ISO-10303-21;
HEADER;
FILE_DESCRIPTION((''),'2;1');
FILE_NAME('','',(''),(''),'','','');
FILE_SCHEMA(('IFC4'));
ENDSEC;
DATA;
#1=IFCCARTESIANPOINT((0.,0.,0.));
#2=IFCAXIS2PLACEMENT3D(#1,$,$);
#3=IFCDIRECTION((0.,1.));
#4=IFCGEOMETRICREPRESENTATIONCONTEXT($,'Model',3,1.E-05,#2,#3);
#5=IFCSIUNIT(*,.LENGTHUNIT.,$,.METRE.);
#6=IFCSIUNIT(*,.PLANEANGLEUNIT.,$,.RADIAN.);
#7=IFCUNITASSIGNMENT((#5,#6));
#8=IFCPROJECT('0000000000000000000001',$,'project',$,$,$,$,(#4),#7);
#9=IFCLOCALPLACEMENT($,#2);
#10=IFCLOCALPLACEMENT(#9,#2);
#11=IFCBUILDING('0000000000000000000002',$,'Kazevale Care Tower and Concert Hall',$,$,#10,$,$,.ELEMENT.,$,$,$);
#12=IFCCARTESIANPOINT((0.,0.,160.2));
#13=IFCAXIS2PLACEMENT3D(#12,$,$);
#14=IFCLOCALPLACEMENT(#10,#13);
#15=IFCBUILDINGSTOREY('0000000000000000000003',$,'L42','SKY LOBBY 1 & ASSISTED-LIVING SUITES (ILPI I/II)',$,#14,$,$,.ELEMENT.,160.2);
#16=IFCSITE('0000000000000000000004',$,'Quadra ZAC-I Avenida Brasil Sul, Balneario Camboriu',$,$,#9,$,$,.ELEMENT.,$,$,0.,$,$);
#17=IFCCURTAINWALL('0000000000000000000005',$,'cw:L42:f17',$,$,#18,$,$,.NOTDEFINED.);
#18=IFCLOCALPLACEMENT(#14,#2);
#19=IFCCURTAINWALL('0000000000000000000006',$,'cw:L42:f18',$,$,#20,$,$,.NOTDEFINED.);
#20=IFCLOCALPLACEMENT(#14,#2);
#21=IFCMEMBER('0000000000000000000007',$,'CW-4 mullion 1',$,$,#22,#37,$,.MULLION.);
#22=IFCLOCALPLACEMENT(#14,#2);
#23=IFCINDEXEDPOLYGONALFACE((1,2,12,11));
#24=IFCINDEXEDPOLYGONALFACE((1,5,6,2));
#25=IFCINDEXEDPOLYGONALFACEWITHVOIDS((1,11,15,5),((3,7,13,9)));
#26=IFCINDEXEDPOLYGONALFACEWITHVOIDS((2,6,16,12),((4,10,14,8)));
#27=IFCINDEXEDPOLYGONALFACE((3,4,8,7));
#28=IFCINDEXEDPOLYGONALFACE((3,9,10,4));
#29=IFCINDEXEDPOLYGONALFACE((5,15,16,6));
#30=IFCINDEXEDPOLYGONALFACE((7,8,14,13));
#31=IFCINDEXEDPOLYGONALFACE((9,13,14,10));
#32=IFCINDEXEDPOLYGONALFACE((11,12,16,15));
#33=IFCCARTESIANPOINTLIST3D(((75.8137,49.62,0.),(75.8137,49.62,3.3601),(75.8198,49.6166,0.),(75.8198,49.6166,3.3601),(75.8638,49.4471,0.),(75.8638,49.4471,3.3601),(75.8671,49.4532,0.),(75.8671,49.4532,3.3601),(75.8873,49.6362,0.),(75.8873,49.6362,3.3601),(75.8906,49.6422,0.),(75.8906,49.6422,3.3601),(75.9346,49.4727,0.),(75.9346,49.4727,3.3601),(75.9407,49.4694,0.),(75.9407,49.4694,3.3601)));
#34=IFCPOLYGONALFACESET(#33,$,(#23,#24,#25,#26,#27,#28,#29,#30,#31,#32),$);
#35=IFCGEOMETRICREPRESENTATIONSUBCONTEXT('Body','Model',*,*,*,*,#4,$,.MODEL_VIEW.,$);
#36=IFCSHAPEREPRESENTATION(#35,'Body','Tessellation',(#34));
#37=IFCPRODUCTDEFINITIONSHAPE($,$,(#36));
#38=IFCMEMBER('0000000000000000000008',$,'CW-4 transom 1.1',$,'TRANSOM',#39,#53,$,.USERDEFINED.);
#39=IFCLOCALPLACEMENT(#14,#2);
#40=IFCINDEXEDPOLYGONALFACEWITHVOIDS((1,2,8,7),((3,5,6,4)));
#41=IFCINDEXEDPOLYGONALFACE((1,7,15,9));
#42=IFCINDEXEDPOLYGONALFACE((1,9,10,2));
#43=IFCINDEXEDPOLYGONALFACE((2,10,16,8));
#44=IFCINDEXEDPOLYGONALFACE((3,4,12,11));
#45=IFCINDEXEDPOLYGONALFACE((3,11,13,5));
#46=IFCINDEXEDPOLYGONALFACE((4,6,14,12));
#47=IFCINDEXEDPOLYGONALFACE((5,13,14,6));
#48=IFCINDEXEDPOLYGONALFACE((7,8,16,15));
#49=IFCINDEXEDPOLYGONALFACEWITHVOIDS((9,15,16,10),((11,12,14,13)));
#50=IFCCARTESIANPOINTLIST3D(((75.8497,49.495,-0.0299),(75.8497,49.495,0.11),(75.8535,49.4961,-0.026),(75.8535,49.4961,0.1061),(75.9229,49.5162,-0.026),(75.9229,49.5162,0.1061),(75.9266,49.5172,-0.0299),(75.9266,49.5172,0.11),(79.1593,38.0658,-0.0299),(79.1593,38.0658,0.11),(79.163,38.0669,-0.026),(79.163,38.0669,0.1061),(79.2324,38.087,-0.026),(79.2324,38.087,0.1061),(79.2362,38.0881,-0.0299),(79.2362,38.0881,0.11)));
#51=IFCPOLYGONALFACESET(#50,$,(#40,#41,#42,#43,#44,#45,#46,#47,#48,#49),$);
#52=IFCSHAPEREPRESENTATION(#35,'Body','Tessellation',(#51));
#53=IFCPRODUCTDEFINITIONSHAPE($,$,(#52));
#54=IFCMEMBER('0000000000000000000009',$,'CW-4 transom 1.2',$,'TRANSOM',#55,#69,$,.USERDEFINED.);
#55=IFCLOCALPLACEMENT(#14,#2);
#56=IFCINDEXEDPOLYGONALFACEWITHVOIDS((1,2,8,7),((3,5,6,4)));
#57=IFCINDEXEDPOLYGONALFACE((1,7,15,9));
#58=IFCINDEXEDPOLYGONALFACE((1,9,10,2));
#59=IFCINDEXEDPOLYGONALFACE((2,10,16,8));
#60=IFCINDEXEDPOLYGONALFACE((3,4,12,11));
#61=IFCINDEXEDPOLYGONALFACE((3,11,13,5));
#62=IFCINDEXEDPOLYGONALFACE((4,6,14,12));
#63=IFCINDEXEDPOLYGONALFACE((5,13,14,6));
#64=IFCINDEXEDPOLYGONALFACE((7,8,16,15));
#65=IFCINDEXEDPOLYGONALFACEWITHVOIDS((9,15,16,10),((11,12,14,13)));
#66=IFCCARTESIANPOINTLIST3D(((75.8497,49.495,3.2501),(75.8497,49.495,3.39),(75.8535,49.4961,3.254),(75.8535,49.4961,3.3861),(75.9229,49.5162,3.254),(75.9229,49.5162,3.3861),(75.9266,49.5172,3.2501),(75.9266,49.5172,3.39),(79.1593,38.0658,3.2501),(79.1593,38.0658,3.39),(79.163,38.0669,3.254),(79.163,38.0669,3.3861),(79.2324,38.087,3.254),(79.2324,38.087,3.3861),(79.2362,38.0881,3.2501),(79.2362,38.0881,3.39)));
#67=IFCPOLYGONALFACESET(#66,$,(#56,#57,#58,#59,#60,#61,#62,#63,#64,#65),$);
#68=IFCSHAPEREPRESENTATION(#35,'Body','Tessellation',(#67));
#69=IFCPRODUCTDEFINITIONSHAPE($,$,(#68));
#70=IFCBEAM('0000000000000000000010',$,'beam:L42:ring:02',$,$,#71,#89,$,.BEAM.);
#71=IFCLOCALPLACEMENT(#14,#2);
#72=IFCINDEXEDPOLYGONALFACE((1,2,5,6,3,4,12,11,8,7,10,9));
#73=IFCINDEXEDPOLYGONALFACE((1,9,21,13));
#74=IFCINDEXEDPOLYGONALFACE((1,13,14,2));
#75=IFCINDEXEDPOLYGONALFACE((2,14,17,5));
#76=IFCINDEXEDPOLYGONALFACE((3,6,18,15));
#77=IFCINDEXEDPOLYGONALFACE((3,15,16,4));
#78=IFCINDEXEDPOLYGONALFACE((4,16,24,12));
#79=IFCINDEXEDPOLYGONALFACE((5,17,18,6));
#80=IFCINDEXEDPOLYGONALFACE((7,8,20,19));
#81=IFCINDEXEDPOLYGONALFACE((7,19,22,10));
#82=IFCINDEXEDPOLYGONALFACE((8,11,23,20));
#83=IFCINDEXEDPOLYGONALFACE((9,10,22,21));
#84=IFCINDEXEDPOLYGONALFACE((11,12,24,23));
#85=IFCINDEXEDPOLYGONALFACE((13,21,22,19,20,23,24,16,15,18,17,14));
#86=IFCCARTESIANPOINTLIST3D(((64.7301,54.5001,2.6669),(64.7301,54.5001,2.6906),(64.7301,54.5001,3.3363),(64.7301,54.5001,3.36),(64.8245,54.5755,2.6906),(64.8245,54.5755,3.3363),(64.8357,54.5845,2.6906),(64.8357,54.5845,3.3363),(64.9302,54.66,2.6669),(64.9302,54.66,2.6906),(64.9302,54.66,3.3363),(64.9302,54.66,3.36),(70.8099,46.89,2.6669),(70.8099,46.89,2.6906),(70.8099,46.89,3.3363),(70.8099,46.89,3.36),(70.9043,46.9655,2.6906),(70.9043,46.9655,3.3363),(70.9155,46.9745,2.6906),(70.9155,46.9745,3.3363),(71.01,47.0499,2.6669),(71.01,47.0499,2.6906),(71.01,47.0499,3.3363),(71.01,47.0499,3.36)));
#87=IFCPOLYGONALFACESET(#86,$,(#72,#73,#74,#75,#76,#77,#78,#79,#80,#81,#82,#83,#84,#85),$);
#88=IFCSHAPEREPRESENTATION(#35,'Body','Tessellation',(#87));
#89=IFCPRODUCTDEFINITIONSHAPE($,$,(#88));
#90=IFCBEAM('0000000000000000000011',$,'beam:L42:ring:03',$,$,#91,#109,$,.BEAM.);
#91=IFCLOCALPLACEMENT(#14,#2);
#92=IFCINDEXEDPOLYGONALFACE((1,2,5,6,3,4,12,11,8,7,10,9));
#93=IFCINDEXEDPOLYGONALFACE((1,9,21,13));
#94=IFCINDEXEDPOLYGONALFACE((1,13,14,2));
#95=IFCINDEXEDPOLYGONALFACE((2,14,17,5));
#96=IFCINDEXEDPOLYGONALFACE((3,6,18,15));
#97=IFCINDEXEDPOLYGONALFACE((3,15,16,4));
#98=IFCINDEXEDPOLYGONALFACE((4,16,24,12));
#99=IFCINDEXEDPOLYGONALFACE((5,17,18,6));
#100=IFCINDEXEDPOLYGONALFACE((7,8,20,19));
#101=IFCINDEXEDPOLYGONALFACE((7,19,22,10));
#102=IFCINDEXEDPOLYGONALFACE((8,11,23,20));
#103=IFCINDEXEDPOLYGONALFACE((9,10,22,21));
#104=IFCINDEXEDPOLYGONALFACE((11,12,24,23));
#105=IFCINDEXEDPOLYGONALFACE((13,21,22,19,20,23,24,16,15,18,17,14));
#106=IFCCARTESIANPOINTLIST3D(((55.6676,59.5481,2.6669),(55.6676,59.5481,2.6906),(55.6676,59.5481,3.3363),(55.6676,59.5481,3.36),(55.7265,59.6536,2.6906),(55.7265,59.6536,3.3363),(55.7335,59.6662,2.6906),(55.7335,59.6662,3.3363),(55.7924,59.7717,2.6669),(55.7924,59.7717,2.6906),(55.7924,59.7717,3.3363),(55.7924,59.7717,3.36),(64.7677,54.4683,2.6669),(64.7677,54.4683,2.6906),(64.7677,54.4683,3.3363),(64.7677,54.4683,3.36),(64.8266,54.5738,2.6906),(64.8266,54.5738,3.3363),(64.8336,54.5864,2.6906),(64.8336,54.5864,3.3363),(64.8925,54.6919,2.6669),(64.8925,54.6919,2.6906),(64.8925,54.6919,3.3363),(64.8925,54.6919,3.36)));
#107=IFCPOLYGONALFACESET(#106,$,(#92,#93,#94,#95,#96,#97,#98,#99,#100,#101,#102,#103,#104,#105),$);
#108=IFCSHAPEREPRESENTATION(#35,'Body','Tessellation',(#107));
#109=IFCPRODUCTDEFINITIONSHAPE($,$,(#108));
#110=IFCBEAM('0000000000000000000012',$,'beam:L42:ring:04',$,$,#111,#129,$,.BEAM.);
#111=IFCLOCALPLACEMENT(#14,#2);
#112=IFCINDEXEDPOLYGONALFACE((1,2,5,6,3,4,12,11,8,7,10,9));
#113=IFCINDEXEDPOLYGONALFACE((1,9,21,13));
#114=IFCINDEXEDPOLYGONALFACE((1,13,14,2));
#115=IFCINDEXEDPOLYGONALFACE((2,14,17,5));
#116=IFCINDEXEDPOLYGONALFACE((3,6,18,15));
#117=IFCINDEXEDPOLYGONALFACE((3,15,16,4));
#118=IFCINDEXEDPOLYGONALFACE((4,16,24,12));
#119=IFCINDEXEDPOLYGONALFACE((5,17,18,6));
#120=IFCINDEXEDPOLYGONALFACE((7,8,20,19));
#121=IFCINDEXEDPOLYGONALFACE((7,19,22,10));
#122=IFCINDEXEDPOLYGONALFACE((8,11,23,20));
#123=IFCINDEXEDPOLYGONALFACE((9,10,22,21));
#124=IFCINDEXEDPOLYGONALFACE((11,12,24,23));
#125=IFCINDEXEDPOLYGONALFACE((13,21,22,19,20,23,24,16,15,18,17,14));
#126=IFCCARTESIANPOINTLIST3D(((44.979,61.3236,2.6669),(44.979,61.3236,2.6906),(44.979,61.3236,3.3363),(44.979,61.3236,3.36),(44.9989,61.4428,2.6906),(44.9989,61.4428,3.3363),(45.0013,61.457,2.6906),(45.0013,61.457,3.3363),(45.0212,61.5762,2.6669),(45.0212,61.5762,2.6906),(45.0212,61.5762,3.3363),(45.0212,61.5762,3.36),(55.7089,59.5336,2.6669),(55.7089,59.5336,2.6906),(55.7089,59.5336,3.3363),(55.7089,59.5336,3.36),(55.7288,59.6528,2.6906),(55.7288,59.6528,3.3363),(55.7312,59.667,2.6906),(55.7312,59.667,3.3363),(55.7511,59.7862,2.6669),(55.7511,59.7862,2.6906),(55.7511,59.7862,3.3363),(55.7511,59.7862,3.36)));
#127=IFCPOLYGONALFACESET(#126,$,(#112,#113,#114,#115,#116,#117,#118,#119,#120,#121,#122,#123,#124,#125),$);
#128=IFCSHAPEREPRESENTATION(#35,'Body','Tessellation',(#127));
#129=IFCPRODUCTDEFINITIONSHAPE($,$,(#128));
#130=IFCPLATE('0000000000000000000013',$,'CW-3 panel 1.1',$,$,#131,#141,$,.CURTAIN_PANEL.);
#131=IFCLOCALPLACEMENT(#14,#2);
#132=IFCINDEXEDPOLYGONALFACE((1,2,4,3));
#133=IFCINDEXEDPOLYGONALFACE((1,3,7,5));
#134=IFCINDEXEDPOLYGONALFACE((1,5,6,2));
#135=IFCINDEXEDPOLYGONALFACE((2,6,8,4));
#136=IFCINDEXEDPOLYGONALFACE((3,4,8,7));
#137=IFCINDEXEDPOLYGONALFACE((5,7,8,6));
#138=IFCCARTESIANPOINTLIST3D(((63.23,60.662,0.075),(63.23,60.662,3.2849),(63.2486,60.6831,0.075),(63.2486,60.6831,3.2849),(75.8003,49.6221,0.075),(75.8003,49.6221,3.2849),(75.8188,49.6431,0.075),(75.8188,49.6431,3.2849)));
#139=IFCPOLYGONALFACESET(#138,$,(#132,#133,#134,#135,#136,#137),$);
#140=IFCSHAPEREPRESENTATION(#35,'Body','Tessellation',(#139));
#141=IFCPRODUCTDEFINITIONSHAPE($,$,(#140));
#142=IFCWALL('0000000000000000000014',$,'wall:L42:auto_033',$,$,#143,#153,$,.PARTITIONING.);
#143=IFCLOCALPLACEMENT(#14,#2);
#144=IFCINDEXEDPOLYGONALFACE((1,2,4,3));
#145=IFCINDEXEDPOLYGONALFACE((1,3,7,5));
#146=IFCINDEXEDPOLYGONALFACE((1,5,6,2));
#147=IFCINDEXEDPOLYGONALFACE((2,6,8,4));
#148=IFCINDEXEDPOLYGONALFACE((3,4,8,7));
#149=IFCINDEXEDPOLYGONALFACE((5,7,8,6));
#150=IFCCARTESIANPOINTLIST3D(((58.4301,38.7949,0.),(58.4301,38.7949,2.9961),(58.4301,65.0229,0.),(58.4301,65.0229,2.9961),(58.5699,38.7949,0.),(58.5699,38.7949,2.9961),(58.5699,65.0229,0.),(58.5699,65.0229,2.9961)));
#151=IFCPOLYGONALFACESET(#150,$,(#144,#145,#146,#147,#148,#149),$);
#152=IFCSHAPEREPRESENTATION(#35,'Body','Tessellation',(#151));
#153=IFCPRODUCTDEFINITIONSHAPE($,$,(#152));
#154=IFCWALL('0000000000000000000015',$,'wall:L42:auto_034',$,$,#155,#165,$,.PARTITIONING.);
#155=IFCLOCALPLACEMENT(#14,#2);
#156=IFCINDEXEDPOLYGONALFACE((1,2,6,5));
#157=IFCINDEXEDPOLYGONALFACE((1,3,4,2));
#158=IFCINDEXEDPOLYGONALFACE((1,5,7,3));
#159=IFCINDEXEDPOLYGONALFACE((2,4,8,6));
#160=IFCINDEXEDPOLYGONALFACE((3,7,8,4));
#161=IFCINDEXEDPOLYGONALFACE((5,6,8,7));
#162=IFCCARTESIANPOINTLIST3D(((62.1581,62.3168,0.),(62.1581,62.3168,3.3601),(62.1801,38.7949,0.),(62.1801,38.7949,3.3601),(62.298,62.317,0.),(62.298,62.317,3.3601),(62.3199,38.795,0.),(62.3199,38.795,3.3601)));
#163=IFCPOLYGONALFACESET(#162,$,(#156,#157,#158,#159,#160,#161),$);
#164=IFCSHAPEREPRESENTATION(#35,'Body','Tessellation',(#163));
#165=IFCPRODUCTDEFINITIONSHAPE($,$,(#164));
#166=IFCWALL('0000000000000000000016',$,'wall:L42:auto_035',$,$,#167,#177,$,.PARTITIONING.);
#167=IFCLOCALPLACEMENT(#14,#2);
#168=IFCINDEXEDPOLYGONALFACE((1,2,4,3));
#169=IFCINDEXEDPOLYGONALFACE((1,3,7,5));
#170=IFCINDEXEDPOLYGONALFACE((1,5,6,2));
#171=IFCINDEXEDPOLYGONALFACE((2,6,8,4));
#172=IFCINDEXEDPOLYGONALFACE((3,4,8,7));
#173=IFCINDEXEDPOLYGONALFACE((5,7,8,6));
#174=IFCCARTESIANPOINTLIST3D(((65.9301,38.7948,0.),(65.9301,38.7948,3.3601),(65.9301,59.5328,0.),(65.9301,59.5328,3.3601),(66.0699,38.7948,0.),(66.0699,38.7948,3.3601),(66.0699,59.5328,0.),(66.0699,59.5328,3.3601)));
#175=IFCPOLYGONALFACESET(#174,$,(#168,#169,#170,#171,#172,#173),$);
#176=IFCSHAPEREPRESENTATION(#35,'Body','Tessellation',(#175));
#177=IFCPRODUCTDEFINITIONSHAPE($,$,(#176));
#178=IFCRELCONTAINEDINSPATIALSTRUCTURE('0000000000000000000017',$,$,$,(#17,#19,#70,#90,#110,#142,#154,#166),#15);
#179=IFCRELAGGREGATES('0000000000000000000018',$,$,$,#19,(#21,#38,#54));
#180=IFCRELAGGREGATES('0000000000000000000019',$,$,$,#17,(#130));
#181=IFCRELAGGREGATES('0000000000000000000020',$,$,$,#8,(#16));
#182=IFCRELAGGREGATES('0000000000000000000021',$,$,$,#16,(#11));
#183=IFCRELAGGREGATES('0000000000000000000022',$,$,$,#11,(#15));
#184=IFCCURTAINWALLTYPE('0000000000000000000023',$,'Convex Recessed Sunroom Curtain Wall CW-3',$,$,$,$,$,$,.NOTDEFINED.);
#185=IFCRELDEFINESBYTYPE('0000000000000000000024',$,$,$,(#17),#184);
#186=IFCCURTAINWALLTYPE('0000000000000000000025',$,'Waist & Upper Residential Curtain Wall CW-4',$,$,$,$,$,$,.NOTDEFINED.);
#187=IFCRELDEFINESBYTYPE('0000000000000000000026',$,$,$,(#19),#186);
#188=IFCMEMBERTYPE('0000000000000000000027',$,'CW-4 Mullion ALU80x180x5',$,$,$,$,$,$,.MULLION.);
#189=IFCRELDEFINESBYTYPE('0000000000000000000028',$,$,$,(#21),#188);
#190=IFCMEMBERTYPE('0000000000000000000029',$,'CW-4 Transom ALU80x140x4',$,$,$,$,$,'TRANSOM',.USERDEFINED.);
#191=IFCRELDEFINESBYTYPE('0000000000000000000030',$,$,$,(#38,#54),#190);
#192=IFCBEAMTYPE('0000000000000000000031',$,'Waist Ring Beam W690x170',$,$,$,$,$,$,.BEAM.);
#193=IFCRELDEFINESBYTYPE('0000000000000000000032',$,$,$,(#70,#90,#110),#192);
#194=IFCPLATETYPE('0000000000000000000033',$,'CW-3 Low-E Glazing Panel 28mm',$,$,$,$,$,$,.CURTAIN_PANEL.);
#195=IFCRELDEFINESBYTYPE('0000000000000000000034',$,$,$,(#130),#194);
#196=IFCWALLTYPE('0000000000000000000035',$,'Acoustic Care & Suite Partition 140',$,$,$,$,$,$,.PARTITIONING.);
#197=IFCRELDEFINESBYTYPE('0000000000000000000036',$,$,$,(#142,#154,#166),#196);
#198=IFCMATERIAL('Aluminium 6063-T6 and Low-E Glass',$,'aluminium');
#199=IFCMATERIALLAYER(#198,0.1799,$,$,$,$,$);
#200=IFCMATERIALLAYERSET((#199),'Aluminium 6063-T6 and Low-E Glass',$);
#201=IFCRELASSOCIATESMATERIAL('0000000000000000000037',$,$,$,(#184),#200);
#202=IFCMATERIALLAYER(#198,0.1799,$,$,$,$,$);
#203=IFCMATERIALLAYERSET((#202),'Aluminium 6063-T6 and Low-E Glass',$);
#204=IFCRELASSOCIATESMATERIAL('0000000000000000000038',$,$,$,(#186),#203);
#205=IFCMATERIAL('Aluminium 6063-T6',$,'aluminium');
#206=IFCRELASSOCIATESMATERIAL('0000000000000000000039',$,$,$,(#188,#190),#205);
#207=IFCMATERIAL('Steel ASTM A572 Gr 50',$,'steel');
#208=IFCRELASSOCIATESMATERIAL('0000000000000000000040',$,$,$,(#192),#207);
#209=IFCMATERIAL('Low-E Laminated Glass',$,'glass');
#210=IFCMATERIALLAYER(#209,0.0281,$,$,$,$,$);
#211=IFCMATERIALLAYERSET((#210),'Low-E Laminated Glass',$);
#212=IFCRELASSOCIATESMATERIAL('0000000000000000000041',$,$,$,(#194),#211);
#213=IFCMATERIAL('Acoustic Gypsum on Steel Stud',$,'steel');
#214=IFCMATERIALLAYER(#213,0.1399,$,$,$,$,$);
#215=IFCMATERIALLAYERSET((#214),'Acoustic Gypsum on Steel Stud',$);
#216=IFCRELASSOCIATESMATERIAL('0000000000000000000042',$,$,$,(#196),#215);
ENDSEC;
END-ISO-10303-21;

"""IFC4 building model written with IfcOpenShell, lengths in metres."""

from ifc_helpers import new_model, si_unit, direction, frame, frame_2d, origin, origin_2d, place, context, subcontext, project, spatial, rectangle, hollow_rectangle, i_section, extrude, material, layer, layer_set, material_profile, profile_set, type_object, element, aggregate, save


model = new_model("IFC4")

# Units and contexts
model_context = context("Model", 3, precision=1e-05, world=origin(), true_north=direction((0.0, 1.0)))
body_context = subcontext(model_context, "Body", "Model", "MODEL_VIEW")
ifc_project = project(units=[si_unit("LENGTHUNIT", "METRE"), si_unit("PLANEANGLEUNIT", "RADIAN")], contexts=[model_context])

# Site, building, storey
site_placement = place(None, origin())
site = spatial("IfcSite", under=ifc_project, at=site_placement, Name="Quadra ZAC-I Avenida Brasil Sul, Balneario Camboriu", CompositionType="ELEMENT", RefElevation=0.0)
building_placement = place(site_placement, origin())
building = spatial("IfcBuilding", under=site, at=building_placement, Name="Kazevale Care Tower and Concert Hall", CompositionType="ELEMENT")
storey_placement = place(building_placement, frame((0.0, 0.0, 160.2)))
storey = spatial("IfcBuildingStorey", under=building, at=storey_placement, Name="L42", Description="SKY LOBBY 1 & ASSISTED-LIVING SUITES (ILPI I/II)", CompositionType="ELEMENT", Elevation=160.2)

# Shared definitions
ifc_material_1 = material(Name="Aluminium 6063-T6 and Low-E Glass", Category="aluminium")
ifc_material_2 = material(Name="Aluminium 6063-T6", Category="aluminium")

# Curtain walls, members
ifc_layer_1 = layer(ifc_material_1, 0.1799)
ifc_layer_set_1 = layer_set([ifc_layer_1], Name="Aluminium 6063-T6 and Low-E Glass")
curtain_wall_type_1 = type_object("IfcCurtainWallType", Name="Convex Recessed Sunroom Curtain Wall CW-3", PredefinedType="NOTDEFINED", material=ifc_layer_set_1)
curtain_wall_1_placement = place(storey_placement, origin())
curtain_wall_1 = element("IfcCurtainWall", 1, at=curtain_wall_1_placement, inside=storey, type_object=curtain_wall_type_1, Name="cw:L42:f17", PredefinedType="NOTDEFINED")
ifc_layer_2 = layer(ifc_material_1, 0.1799)
ifc_layer_set_2 = layer_set([ifc_layer_2], Name="Aluminium 6063-T6 and Low-E Glass")
curtain_wall_type_2 = type_object("IfcCurtainWallType", Name="Waist & Upper Residential Curtain Wall CW-4", PredefinedType="NOTDEFINED", material=ifc_layer_set_2)
curtain_wall_2_placement = place(storey_placement, origin())
curtain_wall_2 = element("IfcCurtainWall", 2, at=curtain_wall_2_placement, inside=storey, type_object=curtain_wall_type_2, Name="cw:L42:f18", PredefinedType="NOTDEFINED")
ifc_material_profile_1 = material_profile(ifc_material_2, hollow_rectangle(XDim=0.0801, YDim=0.1799, WallThickness=0.0049, at=origin_2d()), Name="ALU80x180x5")
ifc_profile_set_1 = profile_set([ifc_material_profile_1], Name="Aluminium 6063-T6")
member_type_1 = type_object("IfcMemberType", Name="CW-4 Mullion ALU80x180x5", PredefinedType="MULLION", material=ifc_profile_set_1)
member_1_placement = place(storey_placement, frame((75.8772, 49.5447, 0.0), z_axis=(0.0, 0.0, 1.0), x_axis=(0.960542, 0.278137, 0.0)))
member_1 = element("IfcMember", 3, at=member_1_placement, type_object=member_type_1, Name="CW-4 mullion 1", PredefinedType="MULLION", context=body_context, shape_type="SweptSolid", body=[
    extrude(hollow_rectangle(XDim=0.0801, YDim=0.1799, WallThickness=0.0049, at=origin_2d()), origin(), (0.0, 0.0, 1.0), 3.3601),
])
ifc_material_profile_2 = material_profile(ifc_material_2, hollow_rectangle(XDim=0.0801, YDim=0.1399, WallThickness=0.0039, at=origin_2d()), Name="ALU80x140x4")
ifc_profile_set_2 = profile_set([ifc_material_profile_2], Name="Aluminium 6063-T6")
member_type_2 = type_object("IfcMemberType", Name="CW-4 Transom ALU80x140x4", ElementType="TRANSOM", PredefinedType="USERDEFINED", material=ifc_profile_set_2)
member_2_placement = place(storey_placement, frame((75.8882, 49.5061, 0.04), z_axis=(0.278145, -0.960539, 0.0), x_axis=(0.960539, 0.278145, 0.0)))
member_2 = element("IfcMember", 4, at=member_2_placement, type_object=member_type_2, Name="CW-4 transom 1.1", ObjectType="TRANSOM", PredefinedType="USERDEFINED", context=body_context, shape_type="SweptSolid", body=[
    extrude(hollow_rectangle(XDim=0.0801, YDim=0.1399, WallThickness=0.0039, at=origin_2d()), origin(), (0.0, 0.0, 1.0), 11.8987),
])
member_3_placement = place(storey_placement, frame((75.8882, 49.5061, 3.3201), z_axis=(0.278145, -0.960539, 0.0), x_axis=(0.960539, 0.278145, 0.0)))
member_3 = element("IfcMember", 5, at=member_3_placement, type_object=member_type_2, Name="CW-4 transom 1.2", ObjectType="TRANSOM", PredefinedType="USERDEFINED", context=body_context, shape_type="SweptSolid", body=[
    extrude(hollow_rectangle(XDim=0.0801, YDim=0.1399, WallThickness=0.0039, at=origin_2d()), origin(), (0.0, 0.0, 1.0), 11.8987),
])
aggregate(curtain_wall_2, [member_1, member_2, member_3])

# Beams
ifc_material_3 = material(Name="Steel ASTM A572 Gr 50", Category="steel")
ifc_material_profile_3 = material_profile(ifc_material_3, i_section(OverallWidth=0.2561, OverallDepth=0.6931, WebThickness=0.0144, FlangeThickness=0.0237, at=origin_2d()), Name="W690x170")
ifc_profile_set_3 = profile_set([ifc_material_profile_3], Name="Steel ASTM A572 Gr 50")
beam_type = type_object("IfcBeamType", Name="Waist Ring Beam W690x170", PredefinedType="BEAM", material=ifc_profile_set_3)
beam_1_placement = place(storey_placement, frame((70.9099, 46.97, 3.0134), z_axis=(-0.624178, 0.781282, 0.0), x_axis=(-0.781282, -0.624178, 0.0)))
element("IfcBeam", 6, at=beam_1_placement, inside=storey, type_object=beam_type, Name="beam:L42:ring:02", PredefinedType="BEAM", context=body_context, shape_type="SweptSolid", body=[
    extrude(i_section(OverallWidth=0.2561, OverallDepth=0.6931, WebThickness=0.0144, FlangeThickness=0.0237, at=origin_2d()), origin(), (0.0, 0.0, 1.0), 9.7405),
])
beam_2_placement = place(storey_placement, frame((64.8301, 54.5801, 3.0134), z_axis=(-0.873169, 0.487418, 0.0), x_axis=(-0.487418, -0.873169, 0.0)))
element("IfcBeam", 7, at=beam_2_placement, inside=storey, type_object=beam_type, Name="beam:L42:ring:03", PredefinedType="BEAM", context=body_context, shape_type="SweptSolid", body=[
    extrude(i_section(OverallWidth=0.2561, OverallDepth=0.6931, WebThickness=0.0144, FlangeThickness=0.0237, at=origin_2d()), origin(), (0.0, 0.0, 1.0), 10.4219),
])
beam_3_placement = place(storey_placement, frame((55.73, 59.6599, 3.0134), z_axis=(-0.986368, 0.164552, 0.0), x_axis=(-0.164552, -0.986368, 0.0)))
element("IfcBeam", 8, at=beam_3_placement, inside=storey, type_object=beam_type, Name="beam:L42:ring:04", PredefinedType="BEAM", context=body_context, shape_type="SweptSolid", body=[
    extrude(i_section(OverallWidth=0.2561, OverallDepth=0.6931, WebThickness=0.0144, FlangeThickness=0.0237, at=origin_2d()), origin(), (0.0, 0.0, 1.0), 10.8782),
])

# Plate
ifc_material_4 = material(Name="Low-E Laminated Glass", Category="glass")
ifc_layer_3 = layer(ifc_material_4, 0.0281)
ifc_layer_set_3 = layer_set([ifc_layer_3], Name="Low-E Laminated Glass")
plate_type = type_object("IfcPlateType", Name="CW-3 Low-E Glazing Panel 28mm", PredefinedType="CURTAIN_PANEL", material=ifc_layer_set_3)
plate_placement = place(storey_placement, frame((69.5244, 55.1526, 0.075), z_axis=(0.0, 0.0, 1.0), x_axis=(0.751361, -0.659892, 0.0)))
plate = element("IfcPlate", 9, at=plate_placement, type_object=plate_type, Name="CW-3 panel 1.1", PredefinedType="CURTAIN_PANEL", context=body_context, shape_type="SweptSolid", body=[
    extrude(rectangle(XDim=16.73, YDim=0.0281, at=origin_2d()), origin(), (0.0, 0.0, 1.0), 3.21),
])
aggregate(curtain_wall_1, [plate])

# Walls
ifc_material_5 = material(Name="Acoustic Gypsum on Steel Stud", Category="steel")
ifc_layer_4 = layer(ifc_material_5, 0.1399)
ifc_layer_set_4 = layer_set([ifc_layer_4], Name="Acoustic Gypsum on Steel Stud")
wall_type = type_object("IfcWallType", Name="Acoustic Care & Suite Partition 140", PredefinedType="PARTITIONING", material=ifc_layer_set_4)
wall_1_placement = place(storey_placement, frame((58.5, 65.0229, 0.0), z_axis=(0.0, 0.0, 1.0), x_axis=(0.0, -1.0, 0.0)))
element("IfcWall", 10, at=wall_1_placement, inside=storey, type_object=wall_type, Name="wall:L42:auto_033", PredefinedType="PARTITIONING", context=body_context, shape_type="SweptSolid", body=[
    extrude(rectangle(XDim=26.228, YDim=0.1399, at=frame_2d((13.114, 0.0))), origin(), (0.0, 0.0, 1.0), 2.9961),
])
wall_2_placement = place(storey_placement, frame((62.228, 62.3169, 0.0), z_axis=(0.0, 0.0, 1.0), x_axis=(0.000934, -1.0, 0.0)))
element("IfcWall", 11, at=wall_2_placement, inside=storey, type_object=wall_type, Name="wall:L42:auto_034", PredefinedType="PARTITIONING", context=body_context, shape_type="SweptSolid", body=[
    extrude(rectangle(XDim=23.522, YDim=0.1399, at=frame_2d((11.761, 0.0))), origin(), (0.0, 0.0, 1.0), 3.3601),
])
wall_3_placement = place(storey_placement, frame((66.0, 59.533, 0.0), z_axis=(0.0, 0.0, 1.0), x_axis=(0.0, -1.0, 0.0)))
element("IfcWall", 12, at=wall_3_placement, inside=storey, type_object=wall_type, Name="wall:L42:auto_035", PredefinedType="PARTITIONING", context=body_context, shape_type="SweptSolid", body=[
    extrude(rectangle(XDim=20.738, YDim=0.1399, at=frame_2d((10.3691, 0.0))), origin(), (0.0, 0.0, 1.0), 3.3601),
])

save(model, "model.ifc")
